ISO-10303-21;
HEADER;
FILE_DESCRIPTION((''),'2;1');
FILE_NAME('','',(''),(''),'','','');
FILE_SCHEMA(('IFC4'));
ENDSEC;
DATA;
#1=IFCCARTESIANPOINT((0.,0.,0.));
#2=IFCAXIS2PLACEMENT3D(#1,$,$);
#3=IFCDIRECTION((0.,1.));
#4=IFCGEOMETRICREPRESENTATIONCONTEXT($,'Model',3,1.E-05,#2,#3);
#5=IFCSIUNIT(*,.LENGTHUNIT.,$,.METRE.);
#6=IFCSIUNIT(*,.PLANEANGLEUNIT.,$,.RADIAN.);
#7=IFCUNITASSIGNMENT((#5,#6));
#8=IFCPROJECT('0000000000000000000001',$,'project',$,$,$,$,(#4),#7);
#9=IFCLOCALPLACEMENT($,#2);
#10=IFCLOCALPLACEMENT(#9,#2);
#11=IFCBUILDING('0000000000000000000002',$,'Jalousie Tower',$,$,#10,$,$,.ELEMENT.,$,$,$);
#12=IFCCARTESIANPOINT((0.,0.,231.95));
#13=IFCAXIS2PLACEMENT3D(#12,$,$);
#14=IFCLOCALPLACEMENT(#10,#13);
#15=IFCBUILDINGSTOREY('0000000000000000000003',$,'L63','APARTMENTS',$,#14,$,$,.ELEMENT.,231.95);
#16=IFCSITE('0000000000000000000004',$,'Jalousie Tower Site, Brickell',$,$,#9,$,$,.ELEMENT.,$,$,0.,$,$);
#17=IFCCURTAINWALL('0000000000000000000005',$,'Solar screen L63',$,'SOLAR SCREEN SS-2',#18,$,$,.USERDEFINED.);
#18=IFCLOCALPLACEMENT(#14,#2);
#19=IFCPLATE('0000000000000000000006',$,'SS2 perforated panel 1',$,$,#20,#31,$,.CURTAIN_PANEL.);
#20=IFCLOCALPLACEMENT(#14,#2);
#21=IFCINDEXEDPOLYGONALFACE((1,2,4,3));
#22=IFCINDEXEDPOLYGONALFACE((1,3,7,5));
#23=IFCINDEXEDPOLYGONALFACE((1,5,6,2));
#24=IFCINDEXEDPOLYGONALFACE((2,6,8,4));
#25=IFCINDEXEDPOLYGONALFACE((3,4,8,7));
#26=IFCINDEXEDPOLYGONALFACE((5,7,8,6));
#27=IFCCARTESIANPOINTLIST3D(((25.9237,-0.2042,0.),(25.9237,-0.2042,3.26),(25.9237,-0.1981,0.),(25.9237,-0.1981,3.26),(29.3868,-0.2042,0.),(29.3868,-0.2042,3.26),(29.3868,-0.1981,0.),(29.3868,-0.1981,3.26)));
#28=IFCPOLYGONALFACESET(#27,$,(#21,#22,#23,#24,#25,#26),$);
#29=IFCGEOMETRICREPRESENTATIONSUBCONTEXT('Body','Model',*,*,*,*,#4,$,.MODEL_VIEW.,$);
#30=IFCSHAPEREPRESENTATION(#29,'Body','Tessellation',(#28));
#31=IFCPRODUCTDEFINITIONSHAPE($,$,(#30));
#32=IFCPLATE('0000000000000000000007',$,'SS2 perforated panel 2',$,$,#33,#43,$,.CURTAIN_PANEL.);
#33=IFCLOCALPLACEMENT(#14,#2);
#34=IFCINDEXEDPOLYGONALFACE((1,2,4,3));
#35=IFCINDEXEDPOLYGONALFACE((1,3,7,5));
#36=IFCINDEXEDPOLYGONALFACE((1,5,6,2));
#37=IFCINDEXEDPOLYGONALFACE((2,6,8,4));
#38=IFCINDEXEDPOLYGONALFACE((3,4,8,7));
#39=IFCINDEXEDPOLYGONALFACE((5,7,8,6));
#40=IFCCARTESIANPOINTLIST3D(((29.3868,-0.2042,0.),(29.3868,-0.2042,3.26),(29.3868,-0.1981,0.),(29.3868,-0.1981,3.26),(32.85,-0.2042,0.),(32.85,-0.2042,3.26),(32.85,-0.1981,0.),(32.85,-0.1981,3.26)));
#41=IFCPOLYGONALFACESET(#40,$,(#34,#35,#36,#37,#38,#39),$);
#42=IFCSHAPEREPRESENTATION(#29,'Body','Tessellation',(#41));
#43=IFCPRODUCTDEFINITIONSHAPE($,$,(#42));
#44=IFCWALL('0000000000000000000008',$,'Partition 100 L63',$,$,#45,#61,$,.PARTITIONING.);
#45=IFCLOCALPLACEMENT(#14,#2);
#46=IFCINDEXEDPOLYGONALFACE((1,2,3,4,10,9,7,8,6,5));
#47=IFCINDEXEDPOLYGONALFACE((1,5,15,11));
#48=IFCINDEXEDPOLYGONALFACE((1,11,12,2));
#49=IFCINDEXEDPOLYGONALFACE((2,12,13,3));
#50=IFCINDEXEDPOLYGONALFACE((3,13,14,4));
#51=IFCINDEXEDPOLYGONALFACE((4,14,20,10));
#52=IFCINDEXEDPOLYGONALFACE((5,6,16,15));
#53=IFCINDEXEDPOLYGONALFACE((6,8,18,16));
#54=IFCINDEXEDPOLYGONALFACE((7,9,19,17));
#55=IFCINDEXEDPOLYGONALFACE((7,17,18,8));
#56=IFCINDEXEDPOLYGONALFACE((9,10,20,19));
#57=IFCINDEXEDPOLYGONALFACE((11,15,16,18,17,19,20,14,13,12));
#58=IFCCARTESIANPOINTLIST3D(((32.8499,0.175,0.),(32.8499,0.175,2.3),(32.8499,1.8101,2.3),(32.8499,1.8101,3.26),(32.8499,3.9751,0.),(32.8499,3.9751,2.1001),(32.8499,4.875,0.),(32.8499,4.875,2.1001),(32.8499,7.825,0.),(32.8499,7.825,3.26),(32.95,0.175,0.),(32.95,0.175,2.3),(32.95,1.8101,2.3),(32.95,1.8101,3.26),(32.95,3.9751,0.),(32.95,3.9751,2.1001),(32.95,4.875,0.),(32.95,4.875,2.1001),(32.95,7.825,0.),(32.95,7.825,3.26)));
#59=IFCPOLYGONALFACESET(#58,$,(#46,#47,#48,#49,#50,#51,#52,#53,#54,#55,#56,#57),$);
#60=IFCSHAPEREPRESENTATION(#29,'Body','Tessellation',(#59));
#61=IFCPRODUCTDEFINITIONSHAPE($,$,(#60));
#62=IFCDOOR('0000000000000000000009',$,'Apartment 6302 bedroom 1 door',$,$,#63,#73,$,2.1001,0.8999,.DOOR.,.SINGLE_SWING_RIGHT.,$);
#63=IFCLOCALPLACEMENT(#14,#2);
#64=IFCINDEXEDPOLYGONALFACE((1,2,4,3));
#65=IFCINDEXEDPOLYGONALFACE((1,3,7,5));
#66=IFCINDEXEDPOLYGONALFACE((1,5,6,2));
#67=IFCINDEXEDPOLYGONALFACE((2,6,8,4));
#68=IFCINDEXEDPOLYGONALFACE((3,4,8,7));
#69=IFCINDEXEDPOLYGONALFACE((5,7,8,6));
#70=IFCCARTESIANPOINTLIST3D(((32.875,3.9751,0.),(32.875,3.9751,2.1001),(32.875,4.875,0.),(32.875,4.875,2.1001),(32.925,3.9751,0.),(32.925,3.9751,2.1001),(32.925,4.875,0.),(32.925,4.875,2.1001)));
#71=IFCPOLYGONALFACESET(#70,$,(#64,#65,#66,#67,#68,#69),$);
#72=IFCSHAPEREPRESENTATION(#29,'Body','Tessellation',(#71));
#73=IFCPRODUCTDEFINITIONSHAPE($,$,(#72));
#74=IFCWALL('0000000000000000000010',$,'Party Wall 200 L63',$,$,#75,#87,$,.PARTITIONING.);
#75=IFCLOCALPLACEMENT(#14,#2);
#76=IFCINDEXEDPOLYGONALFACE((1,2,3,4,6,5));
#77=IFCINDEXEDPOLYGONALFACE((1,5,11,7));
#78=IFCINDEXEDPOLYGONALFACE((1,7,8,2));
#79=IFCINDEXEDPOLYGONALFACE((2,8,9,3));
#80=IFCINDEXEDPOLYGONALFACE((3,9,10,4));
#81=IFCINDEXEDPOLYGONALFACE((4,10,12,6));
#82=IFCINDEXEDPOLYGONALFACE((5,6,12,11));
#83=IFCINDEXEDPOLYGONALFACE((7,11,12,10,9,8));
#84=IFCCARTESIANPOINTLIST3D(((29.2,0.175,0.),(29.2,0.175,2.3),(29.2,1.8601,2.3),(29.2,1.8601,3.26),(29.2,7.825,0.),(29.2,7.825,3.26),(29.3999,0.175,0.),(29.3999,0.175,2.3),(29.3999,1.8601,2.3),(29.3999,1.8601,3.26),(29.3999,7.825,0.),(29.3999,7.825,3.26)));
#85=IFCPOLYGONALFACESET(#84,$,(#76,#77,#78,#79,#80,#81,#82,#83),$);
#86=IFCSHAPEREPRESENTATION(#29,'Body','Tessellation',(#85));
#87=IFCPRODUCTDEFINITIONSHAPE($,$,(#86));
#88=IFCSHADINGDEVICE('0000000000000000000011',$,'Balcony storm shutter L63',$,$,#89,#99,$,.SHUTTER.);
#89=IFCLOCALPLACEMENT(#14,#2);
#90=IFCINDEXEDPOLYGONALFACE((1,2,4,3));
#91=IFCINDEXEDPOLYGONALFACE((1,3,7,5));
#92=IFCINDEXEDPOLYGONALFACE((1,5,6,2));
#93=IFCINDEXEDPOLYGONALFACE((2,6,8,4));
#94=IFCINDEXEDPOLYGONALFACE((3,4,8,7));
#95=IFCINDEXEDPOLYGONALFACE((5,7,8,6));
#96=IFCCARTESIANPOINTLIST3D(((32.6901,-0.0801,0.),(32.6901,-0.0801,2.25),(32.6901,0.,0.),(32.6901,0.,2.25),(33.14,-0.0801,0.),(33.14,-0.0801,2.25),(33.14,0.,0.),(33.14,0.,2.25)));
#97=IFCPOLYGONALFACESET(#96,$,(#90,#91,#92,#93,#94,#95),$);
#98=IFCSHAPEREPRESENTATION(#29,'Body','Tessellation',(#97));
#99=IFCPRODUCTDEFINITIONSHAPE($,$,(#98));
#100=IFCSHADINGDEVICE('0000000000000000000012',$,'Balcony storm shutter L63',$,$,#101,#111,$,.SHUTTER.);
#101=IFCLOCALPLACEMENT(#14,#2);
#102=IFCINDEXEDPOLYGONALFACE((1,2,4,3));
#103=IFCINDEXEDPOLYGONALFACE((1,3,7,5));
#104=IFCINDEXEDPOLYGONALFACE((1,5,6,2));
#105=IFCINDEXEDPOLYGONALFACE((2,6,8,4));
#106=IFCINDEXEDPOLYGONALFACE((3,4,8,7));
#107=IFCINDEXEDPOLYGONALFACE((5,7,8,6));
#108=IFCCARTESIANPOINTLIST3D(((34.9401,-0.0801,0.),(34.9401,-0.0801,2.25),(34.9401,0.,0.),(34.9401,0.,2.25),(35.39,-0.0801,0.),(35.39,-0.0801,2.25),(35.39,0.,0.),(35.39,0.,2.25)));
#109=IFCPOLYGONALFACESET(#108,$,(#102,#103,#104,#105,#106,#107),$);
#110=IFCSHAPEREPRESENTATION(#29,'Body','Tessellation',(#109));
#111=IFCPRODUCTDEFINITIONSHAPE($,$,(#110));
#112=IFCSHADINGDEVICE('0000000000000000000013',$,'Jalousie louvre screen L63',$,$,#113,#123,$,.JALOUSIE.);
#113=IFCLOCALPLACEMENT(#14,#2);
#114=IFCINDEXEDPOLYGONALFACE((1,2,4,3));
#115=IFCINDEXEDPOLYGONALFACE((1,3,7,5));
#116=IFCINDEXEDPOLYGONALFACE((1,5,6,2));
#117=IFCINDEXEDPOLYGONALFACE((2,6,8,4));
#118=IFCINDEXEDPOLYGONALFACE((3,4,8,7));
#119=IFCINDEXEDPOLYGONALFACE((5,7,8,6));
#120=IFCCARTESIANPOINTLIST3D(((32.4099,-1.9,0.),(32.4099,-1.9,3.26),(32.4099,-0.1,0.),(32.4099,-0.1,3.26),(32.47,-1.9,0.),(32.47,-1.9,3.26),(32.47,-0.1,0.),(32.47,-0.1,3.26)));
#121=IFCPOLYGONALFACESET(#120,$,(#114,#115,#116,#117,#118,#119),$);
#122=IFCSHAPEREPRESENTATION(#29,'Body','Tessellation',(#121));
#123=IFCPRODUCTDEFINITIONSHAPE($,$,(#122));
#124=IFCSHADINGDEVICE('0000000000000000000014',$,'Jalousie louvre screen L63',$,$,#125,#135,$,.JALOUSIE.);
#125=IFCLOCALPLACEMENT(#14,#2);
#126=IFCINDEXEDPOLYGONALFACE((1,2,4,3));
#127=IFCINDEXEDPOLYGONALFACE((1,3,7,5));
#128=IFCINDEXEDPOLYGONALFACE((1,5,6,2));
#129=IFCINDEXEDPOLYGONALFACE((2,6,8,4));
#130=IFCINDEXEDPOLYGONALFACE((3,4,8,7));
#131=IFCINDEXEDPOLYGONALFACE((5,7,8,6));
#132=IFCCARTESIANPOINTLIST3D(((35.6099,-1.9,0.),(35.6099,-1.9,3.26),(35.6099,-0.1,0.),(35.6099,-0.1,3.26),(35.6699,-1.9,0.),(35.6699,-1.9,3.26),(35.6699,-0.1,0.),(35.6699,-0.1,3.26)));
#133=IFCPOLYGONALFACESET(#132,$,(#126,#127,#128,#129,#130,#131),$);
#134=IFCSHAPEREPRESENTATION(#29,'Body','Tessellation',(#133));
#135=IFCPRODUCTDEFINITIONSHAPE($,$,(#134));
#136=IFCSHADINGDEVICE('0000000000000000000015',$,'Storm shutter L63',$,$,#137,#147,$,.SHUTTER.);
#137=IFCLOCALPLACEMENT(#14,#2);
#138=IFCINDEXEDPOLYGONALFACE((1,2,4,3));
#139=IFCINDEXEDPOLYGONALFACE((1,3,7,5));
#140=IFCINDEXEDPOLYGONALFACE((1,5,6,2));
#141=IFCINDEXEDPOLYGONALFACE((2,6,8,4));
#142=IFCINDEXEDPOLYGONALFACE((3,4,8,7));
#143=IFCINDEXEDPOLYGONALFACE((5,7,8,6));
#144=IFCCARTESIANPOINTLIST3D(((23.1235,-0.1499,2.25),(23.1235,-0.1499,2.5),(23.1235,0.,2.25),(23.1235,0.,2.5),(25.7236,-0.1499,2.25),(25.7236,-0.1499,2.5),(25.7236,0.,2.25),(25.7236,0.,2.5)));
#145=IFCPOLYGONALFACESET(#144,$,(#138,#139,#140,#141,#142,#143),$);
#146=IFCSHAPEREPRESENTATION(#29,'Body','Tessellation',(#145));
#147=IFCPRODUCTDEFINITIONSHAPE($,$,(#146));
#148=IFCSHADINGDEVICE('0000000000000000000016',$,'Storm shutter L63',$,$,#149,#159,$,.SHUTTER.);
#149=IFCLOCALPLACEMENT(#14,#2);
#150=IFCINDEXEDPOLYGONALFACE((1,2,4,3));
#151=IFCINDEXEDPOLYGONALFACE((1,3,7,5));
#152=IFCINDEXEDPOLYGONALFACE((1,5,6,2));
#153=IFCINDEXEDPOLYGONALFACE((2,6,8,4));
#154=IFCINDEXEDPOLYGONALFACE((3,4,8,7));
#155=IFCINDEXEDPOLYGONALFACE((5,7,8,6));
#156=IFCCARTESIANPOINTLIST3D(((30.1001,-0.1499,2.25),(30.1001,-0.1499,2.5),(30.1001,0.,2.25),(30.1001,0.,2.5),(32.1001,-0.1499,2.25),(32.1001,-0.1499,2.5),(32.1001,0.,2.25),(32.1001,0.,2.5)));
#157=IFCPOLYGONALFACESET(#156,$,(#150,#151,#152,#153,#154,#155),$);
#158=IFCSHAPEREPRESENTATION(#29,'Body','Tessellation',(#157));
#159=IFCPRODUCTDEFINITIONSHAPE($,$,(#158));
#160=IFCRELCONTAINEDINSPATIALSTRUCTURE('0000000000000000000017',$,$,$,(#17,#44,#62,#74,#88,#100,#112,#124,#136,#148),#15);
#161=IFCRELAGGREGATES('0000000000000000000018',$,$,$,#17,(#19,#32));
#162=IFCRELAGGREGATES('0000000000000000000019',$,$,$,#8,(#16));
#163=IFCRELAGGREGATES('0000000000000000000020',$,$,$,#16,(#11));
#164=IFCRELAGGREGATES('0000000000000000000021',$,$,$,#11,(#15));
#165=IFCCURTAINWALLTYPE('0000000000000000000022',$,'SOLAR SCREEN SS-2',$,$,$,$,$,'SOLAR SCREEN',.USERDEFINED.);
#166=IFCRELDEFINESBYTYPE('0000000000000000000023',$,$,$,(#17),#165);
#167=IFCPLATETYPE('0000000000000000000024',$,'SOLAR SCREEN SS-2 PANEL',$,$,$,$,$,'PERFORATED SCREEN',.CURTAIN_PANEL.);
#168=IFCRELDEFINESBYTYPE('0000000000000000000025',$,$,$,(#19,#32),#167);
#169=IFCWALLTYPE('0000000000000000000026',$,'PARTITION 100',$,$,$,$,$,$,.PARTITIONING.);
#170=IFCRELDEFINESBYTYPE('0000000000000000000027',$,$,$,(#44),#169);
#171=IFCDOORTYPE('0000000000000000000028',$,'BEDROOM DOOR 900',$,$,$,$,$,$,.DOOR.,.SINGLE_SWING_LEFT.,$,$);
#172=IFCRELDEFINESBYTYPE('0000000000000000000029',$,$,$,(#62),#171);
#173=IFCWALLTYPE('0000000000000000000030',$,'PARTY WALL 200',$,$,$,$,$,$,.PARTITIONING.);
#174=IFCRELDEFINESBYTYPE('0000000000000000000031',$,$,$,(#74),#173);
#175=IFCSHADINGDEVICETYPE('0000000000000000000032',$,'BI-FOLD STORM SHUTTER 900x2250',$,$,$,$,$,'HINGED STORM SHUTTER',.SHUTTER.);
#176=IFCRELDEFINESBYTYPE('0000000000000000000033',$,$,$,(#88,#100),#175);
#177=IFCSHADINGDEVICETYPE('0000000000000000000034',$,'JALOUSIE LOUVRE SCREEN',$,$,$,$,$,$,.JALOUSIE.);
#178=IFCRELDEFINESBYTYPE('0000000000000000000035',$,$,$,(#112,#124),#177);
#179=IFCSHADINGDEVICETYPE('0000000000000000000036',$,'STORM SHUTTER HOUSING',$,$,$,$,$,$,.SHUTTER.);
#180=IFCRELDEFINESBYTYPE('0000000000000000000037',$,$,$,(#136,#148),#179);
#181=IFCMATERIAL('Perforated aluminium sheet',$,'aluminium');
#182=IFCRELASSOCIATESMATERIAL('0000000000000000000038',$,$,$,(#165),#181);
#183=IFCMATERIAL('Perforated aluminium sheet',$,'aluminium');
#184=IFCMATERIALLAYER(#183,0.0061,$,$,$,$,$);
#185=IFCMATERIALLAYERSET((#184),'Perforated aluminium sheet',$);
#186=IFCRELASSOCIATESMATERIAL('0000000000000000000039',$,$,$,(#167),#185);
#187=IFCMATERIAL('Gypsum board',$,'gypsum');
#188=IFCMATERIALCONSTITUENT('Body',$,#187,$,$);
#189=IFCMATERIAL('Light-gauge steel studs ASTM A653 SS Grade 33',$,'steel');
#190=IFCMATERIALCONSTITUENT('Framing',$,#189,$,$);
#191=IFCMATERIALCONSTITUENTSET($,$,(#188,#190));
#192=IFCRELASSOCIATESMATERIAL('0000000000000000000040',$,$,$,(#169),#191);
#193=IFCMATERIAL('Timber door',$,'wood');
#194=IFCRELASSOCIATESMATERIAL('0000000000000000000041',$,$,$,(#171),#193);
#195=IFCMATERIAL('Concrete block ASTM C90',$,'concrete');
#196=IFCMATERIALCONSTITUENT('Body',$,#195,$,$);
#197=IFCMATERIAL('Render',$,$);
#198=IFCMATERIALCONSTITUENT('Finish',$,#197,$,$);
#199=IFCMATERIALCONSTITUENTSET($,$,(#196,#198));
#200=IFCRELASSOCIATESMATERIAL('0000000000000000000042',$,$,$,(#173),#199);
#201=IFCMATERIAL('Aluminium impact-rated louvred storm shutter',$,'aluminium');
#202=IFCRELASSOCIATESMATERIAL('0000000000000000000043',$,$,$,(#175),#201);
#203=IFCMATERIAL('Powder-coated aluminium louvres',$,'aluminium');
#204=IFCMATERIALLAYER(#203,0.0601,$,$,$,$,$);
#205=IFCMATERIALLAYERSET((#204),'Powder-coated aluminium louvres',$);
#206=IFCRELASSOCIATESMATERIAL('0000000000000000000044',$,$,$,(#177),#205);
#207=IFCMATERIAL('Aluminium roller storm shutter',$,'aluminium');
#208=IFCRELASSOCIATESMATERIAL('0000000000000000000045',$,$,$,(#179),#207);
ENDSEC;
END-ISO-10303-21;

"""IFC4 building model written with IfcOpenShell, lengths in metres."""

from ifc_helpers import new_model, si_unit, direction, frame, frame_2d, origin, origin_2d, place, context, subcontext, project, spatial, polyline, rectangle, outline, extrude, material, layer, layer_set, constituent, constituent_set, type_object, element, fill, aggregate, save


model = new_model("IFC4")

# Units and contexts
model_context = context("Model", 3, precision=1e-05, world=origin(), true_north=direction((0.0, 1.0)))
body_context = subcontext(model_context, "Body", "Model", "MODEL_VIEW")
ifc_project = project(units=[si_unit("LENGTHUNIT", "METRE"), si_unit("PLANEANGLEUNIT", "RADIAN")], contexts=[model_context])

# Site, building, storey
site_placement = place(None, origin())
site = spatial("IfcSite", under=ifc_project, at=site_placement, Name="Jalousie Tower Site, Brickell", CompositionType="ELEMENT", RefElevation=0.0)
building_placement = place(site_placement, origin())
building = spatial("IfcBuilding", under=site, at=building_placement, Name="Jalousie Tower", CompositionType="ELEMENT")
storey_placement = place(building_placement, frame((0.0, 0.0, 231.95)))
storey = spatial("IfcBuildingStorey", under=building, at=storey_placement, Name="L63", Description="APARTMENTS", CompositionType="ELEMENT", Elevation=231.95)

# Shared definitions
ifc_material_1 = material(Name="Perforated aluminium sheet", Category="aluminium")
curtain_wall_type = type_object("IfcCurtainWallType", Name="SOLAR SCREEN SS-2", ElementType="SOLAR SCREEN", PredefinedType="USERDEFINED", material=ifc_material_1)

# Curtain wall, plates
curtain_wall_1_placement = place(storey_placement, origin())
curtain_wall_1 = element("IfcCurtainWall", 1, at=curtain_wall_1_placement, inside=storey, type_object=curtain_wall_type, Name="Solar screen L63", ObjectType="SOLAR SCREEN SS-2", PredefinedType="USERDEFINED")
ifc_material_2 = material(Name="Perforated aluminium sheet", Category="aluminium")
ifc_layer_1 = layer(ifc_material_2, 0.0061)
ifc_layer_set_1 = layer_set([ifc_layer_1], Name="Perforated aluminium sheet")
plate_type = type_object("IfcPlateType", Name="SOLAR SCREEN SS-2 PANEL", ElementType="PERFORATED SCREEN", PredefinedType="CURTAIN_PANEL", material=ifc_layer_set_1)
plate_1_placement = place(storey_placement, frame((27.6553, -0.2012, 0.0), z_axis=(0.0, 0.0, 1.0), x_axis=(1.0, 0.0, 0.0)))
plate_1 = element("IfcPlate", 2, at=plate_1_placement, type_object=plate_type, Name="SS2 perforated panel 1", PredefinedType="CURTAIN_PANEL", context=body_context, shape_type="SweptSolid", body=[
    extrude(rectangle(XDim=3.4631, YDim=0.0061, at=origin_2d()), origin(), (0.0, 0.0, 1.0), 3.26),
])
plate_2_placement = place(storey_placement, frame((31.1184, -0.2012, 0.0), z_axis=(0.0, 0.0, 1.0), x_axis=(1.0, 0.0, 0.0)))
plate_2 = element("IfcPlate", 3, at=plate_2_placement, type_object=plate_type, Name="SS2 perforated panel 2", PredefinedType="CURTAIN_PANEL", context=body_context, shape_type="SweptSolid", body=[
    extrude(rectangle(XDim=3.4631, YDim=0.0061, at=origin_2d()), origin(), (0.0, 0.0, 1.0), 3.26),
])
aggregate(curtain_wall_1, [plate_1, plate_2])

# Wall, opening, door
ifc_material_3 = material(Name="Gypsum board", Category="gypsum")
ifc_constituent_1 = constituent(ifc_material_3, Name="Body")
ifc_material_4 = material(Name="Light-gauge steel studs ASTM A653 SS Grade 33", Category="steel")
ifc_constituent_2 = constituent(ifc_material_4, Name="Framing")
ifc_constituent_set_1 = constituent_set(constituents=[ifc_constituent_1, ifc_constituent_2])
wall_type_1 = type_object("IfcWallType", Name="PARTITION 100", PredefinedType="PARTITIONING", material=ifc_constituent_set_1)
wall_1_placement = place(storey_placement, frame((32.8999, 0.175, 0.0), z_axis=(0.0, 0.0, 1.0), x_axis=(0.0, 1.0, 0.0)))
wall_1 = element("IfcWall", 4, at=wall_1_placement, inside=storey, type_object=wall_type_1, Name="Partition 100 L63", PredefinedType="PARTITIONING", context=body_context, shape_type="SweptSolid", body=[
    extrude(outline(polyline([(0.0, 0.0), (7.6499, 0.0), (7.6499, 3.26), (1.635, 3.26), (1.635, 2.3), (0.0, 2.3), (0.0, 3.26), (0.0, 0.0)])), frame((0.0, 0.05, 0.0), z_axis=(0.0, -1.0, 0.0), x_axis=(1.0, 0.0, 0.0)), (0.0, 0.0, 1.0), 0.1001),
])
opening_placement = place(wall_1_placement, frame((3.8, 0.0, 0.0)))
opening = element("IfcOpeningElement", 5, at=opening_placement, cuts=wall_1, PredefinedType="OPENING", context=body_context, shape_type="SweptSolid", body=[
    extrude(rectangle(XDim=0.8999, YDim=2.1001, at=frame_2d((0.45, 1.05))), frame((0.0, 0.0601, 0.0), z_axis=(0.0, -1.0, 0.0), x_axis=(1.0, 0.0, 0.0)), (0.0, 0.0, 1.0), 0.1201),
])
ifc_material_5 = material(Name="Timber door", Category="wood")
door_type = type_object("IfcDoorType", Name="BEDROOM DOOR 900", OperationType="SINGLE_SWING_LEFT", PredefinedType="DOOR", material=ifc_material_5)
door_placement = place(opening_placement, origin())
door = element("IfcDoor", 6, at=door_placement, inside=storey, type_object=door_type, Name="Apartment 6302 bedroom 1 door", OperationType="SINGLE_SWING_RIGHT", OverallHeight=2.1001, OverallWidth=0.8999, PredefinedType="DOOR", context=body_context, shape_type="SweptSolid", body=[
    extrude(rectangle(XDim=0.8999, YDim=2.1001, at=frame_2d((0.45, 1.05))), frame((0.0, 0.0249, 0.0), z_axis=(0.0, -1.0, 0.0), x_axis=(1.0, 0.0, 0.0)), (0.0, 0.0, 1.0), 0.05),
])
fill(opening, door)

# Wall
ifc_material_6 = material(Name="Concrete block ASTM C90", Category="concrete")
ifc_constituent_3 = constituent(ifc_material_6, Name="Body")
ifc_material_7 = material(Name="Render")
ifc_constituent_4 = constituent(ifc_material_7, Name="Finish")
ifc_constituent_set_2 = constituent_set(constituents=[ifc_constituent_3, ifc_constituent_4])
wall_type_2 = type_object("IfcWallType", Name="PARTY WALL 200", PredefinedType="PARTITIONING", material=ifc_constituent_set_2)
wall_2_placement = place(storey_placement, frame((29.3, 0.175, 0.0), z_axis=(0.0, 0.0, 1.0), x_axis=(0.0, 1.0, 0.0)))
element("IfcWall", 7, at=wall_2_placement, inside=storey, type_object=wall_type_2, Name="Party Wall 200 L63", PredefinedType="PARTITIONING", context=body_context, shape_type="SweptSolid", body=[
    extrude(outline(polyline([(0.0, 0.0), (7.6499, 0.0), (7.6499, 3.26), (1.6851, 3.26), (1.6851, 2.3), (0.0, 2.3), (0.0, 3.26), (0.0, 0.0)])), frame((0.0, 0.1001, 0.0), z_axis=(0.0, -1.0, 0.0), x_axis=(1.0, 0.0, 0.0)), (0.0, 0.0, 1.0), 0.2),
])

# Shading devices
ifc_material_8 = material(Name="Aluminium impact-rated louvred storm shutter", Category="aluminium")
shading_device_type_1 = type_object("IfcShadingDeviceType", Name="BI-FOLD STORM SHUTTER 900x2250", ElementType="HINGED STORM SHUTTER", PredefinedType="SHUTTER", material=ifc_material_8)
for number, where, z_axis, x_axis, name in (
    (8, (32.915, -0.04, 0.0), (0.0, 0.0, 1.0), (1.0, 0.0, 0.0), "Balcony storm shutter L63"),
    (9, (35.165, -0.04, 0.0), (0.0, 0.0, 1.0), (1.0, 0.0, 0.0), "Balcony storm shutter L63"),
):
    element("IfcShadingDevice", number, at=place(storey_placement, frame(where, z_axis=z_axis, x_axis=x_axis)), inside=storey, type_object=shading_device_type_1, Name=name, PredefinedType="SHUTTER", context=body_context, shape_type="SweptSolid", body=[
        extrude(rectangle(XDim=0.45, YDim=0.0801, at=origin_2d()), origin(), (0.0, 0.0, 1.0), 2.25),
    ])

# Shading devices
ifc_material_9 = material(Name="Powder-coated aluminium louvres", Category="aluminium")
ifc_layer_2 = layer(ifc_material_9, 0.0601)
ifc_layer_set_2 = layer_set([ifc_layer_2], Name="Powder-coated aluminium louvres")
shading_device_type_2 = type_object("IfcShadingDeviceType", Name="JALOUSIE LOUVRE SCREEN", PredefinedType="JALOUSIE", material=ifc_layer_set_2)
for number, where, z_axis, x_axis, name in (
    (10, (32.4399, -1.0, 0.0), (0.0, 0.0, 1.0), (1.0, 0.0, 0.0), "Jalousie louvre screen L63"),
    (11, (35.6399, -1.0, 0.0), (0.0, 0.0, 1.0), (1.0, 0.0, 0.0), "Jalousie louvre screen L63"),
):
    element("IfcShadingDevice", number, at=place(storey_placement, frame(where, z_axis=z_axis, x_axis=x_axis)), inside=storey, type_object=shading_device_type_2, Name=name, PredefinedType="JALOUSIE", context=body_context, shape_type="SweptSolid", body=[
        extrude(rectangle(XDim=0.0601, YDim=1.8, at=origin_2d()), origin(), (0.0, 0.0, 1.0), 3.26),
    ])
ifc_material_10 = material(Name="Aluminium roller storm shutter", Category="aluminium")
shading_device_type_3 = type_object("IfcShadingDeviceType", Name="STORM SHUTTER HOUSING", PredefinedType="SHUTTER", material=ifc_material_10)
shading_device_1_placement = place(storey_placement, frame((24.4236, -0.075, 2.25), z_axis=(0.0, 0.0, 1.0), x_axis=(1.0, 0.0, 0.0)))
element("IfcShadingDevice", 12, at=shading_device_1_placement, inside=storey, type_object=shading_device_type_3, Name="Storm shutter L63", PredefinedType="SHUTTER", context=body_context, shape_type="SweptSolid", body=[
    extrude(rectangle(XDim=2.6001, YDim=0.1499, at=origin_2d()), origin(), (0.0, 0.0, 1.0), 0.25),
])
shading_device_2_placement = place(storey_placement, frame((31.1001, -0.075, 2.25), z_axis=(0.0, 0.0, 1.0), x_axis=(1.0, 0.0, 0.0)))
element("IfcShadingDevice", 13, at=shading_device_2_placement, inside=storey, type_object=shading_device_type_3, Name="Storm shutter L63", PredefinedType="SHUTTER", context=body_context, shape_type="SweptSolid", body=[
    extrude(rectangle(XDim=2.0, YDim=0.1499, at=origin_2d()), origin(), (0.0, 0.0, 1.0), 0.25),
])

save(model, "model.ifc")
